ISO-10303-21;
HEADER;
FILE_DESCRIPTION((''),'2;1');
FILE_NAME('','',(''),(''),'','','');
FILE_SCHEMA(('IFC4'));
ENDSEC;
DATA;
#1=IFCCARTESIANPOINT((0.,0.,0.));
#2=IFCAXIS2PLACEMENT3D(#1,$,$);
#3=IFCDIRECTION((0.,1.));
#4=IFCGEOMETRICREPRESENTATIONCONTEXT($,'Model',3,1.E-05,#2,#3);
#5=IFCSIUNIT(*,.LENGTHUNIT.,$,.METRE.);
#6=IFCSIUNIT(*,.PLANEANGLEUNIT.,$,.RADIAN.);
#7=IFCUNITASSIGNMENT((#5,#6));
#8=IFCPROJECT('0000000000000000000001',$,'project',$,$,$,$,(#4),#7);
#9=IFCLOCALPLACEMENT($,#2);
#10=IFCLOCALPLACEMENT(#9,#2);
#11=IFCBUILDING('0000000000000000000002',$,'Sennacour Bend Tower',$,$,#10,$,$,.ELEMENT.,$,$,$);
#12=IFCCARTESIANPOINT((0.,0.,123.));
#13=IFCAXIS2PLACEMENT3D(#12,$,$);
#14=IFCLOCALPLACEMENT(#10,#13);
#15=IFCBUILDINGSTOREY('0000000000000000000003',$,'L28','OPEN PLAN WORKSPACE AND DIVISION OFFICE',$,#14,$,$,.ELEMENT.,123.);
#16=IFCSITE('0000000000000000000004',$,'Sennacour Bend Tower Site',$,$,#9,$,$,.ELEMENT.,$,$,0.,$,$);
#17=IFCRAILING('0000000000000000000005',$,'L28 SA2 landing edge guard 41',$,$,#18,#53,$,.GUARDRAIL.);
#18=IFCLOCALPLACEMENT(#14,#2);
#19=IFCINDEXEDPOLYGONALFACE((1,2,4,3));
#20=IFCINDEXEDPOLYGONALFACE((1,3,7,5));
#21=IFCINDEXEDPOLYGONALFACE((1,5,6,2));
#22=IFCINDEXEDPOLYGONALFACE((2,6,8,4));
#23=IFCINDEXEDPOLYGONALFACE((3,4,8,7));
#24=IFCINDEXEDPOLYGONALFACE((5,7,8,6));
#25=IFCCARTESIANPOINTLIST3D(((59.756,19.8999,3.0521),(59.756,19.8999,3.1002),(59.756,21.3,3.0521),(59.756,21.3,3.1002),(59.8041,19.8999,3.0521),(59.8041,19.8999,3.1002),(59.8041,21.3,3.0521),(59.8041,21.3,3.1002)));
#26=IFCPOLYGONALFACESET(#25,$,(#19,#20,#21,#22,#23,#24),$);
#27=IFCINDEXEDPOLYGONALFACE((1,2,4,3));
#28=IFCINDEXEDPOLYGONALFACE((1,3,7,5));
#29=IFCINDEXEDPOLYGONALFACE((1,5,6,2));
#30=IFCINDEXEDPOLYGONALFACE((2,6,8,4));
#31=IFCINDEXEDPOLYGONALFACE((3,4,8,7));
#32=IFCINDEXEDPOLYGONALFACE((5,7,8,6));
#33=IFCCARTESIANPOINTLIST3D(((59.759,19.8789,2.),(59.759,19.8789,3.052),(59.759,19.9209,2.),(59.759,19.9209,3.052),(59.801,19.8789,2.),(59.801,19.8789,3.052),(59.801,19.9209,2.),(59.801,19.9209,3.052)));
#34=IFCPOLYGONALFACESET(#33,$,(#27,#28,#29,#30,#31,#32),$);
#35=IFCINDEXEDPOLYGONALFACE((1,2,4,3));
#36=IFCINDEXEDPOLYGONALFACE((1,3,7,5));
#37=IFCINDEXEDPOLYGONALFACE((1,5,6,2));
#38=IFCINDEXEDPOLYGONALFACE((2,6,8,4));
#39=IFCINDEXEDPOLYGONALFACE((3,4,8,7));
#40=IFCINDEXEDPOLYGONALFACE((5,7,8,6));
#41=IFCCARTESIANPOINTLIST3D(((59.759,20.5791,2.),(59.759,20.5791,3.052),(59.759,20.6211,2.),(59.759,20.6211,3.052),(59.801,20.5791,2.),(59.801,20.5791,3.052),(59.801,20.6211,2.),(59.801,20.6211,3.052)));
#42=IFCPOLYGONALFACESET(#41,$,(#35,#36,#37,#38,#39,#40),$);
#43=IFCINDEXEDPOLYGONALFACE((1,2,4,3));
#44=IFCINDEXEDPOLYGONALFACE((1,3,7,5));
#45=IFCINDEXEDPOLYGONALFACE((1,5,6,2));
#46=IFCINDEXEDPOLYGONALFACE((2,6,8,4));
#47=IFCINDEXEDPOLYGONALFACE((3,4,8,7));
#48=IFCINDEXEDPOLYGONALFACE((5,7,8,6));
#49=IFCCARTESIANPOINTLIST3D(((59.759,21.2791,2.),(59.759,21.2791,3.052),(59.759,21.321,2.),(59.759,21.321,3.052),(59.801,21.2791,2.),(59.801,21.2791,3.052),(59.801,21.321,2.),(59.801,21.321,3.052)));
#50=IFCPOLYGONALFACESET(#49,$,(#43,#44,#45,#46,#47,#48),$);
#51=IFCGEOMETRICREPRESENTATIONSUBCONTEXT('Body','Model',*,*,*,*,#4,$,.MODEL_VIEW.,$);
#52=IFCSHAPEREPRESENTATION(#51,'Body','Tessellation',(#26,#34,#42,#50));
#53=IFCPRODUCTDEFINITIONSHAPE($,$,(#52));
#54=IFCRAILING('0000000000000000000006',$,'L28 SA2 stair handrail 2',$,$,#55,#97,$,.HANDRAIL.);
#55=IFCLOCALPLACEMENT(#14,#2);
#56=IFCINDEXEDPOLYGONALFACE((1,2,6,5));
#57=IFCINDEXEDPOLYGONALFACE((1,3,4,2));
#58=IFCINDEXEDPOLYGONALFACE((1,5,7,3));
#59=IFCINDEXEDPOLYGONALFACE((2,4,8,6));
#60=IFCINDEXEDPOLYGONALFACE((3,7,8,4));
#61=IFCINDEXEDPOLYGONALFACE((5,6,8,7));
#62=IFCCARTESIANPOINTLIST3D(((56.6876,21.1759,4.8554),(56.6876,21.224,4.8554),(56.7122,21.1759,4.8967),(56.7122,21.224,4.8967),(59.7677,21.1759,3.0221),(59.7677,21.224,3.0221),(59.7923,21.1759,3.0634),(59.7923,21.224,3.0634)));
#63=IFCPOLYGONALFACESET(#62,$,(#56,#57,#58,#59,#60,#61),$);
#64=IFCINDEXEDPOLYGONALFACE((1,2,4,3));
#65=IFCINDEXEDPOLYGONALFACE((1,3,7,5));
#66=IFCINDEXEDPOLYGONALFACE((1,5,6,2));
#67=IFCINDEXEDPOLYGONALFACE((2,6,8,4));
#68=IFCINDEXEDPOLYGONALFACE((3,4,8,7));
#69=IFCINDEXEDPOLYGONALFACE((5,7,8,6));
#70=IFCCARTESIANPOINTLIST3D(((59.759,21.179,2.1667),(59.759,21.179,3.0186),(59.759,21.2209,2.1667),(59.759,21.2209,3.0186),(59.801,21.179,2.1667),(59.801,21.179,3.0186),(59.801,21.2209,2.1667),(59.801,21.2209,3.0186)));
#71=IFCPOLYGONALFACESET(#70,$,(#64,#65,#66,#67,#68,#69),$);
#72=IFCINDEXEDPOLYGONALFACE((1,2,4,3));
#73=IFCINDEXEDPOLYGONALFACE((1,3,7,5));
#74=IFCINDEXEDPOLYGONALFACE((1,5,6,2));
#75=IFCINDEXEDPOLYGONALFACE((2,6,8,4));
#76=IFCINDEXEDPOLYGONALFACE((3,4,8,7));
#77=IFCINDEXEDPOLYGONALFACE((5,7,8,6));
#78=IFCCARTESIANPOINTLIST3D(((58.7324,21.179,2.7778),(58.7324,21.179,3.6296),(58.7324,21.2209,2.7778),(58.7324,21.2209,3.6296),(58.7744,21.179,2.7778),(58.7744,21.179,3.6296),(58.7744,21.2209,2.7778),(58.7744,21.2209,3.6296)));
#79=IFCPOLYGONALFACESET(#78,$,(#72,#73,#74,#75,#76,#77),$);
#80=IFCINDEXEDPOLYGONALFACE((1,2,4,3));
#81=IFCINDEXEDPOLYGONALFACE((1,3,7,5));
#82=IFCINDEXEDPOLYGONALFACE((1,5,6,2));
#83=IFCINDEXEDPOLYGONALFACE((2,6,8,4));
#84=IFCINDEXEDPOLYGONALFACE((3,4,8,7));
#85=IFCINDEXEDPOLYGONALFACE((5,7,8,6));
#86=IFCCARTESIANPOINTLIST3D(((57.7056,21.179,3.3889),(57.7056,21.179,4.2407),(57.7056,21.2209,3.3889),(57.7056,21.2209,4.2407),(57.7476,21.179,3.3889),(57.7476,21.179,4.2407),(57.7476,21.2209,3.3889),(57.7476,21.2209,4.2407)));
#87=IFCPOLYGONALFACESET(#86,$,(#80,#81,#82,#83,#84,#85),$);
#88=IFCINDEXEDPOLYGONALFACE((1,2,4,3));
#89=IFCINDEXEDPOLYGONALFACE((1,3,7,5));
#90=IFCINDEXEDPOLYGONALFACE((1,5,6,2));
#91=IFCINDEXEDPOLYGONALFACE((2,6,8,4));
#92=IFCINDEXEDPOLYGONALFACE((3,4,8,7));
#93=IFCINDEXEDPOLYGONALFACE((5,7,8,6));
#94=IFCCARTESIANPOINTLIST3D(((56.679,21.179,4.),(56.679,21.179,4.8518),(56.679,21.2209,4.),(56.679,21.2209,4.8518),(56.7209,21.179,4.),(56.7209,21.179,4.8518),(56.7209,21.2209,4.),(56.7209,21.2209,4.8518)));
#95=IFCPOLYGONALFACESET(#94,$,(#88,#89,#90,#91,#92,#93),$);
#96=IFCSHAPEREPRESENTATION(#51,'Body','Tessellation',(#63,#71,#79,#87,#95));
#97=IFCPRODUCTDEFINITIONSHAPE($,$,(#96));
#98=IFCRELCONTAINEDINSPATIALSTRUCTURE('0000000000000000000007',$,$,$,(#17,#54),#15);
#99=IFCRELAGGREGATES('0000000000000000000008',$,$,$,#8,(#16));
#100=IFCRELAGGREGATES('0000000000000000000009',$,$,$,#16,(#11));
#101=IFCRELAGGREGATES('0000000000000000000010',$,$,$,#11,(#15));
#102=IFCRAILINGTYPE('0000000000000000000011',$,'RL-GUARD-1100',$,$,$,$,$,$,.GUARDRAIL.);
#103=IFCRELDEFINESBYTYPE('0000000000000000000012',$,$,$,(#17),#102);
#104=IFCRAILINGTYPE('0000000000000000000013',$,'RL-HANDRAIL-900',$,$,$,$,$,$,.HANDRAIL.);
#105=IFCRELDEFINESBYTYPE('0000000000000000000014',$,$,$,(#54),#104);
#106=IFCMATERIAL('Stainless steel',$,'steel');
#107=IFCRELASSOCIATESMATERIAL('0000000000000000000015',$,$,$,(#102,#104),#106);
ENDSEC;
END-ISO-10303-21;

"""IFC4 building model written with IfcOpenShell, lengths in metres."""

from ifc_helpers import new_model, si_unit, direction, frame, origin, origin_2d, place, context, subcontext, project, spatial, rectangle, extrude, material, type_object, element, save


model = new_model("IFC4")

# Units and contexts
model_context = context("Model", 3, precision=1e-05, world=origin(), true_north=direction((0.0, 1.0)))
body_context = subcontext(model_context, "Body", "Model", "MODEL_VIEW")
ifc_project = project(units=[si_unit("LENGTHUNIT", "METRE"), si_unit("PLANEANGLEUNIT", "RADIAN")], contexts=[model_context])

# Site, building, storey
site_placement = place(None, origin())
site = spatial("IfcSite", under=ifc_project, at=site_placement, Name="Sennacour Bend Tower Site", CompositionType="ELEMENT", RefElevation=0.0)
building_placement = place(site_placement, origin())
building = spatial("IfcBuilding", under=site, at=building_placement, Name="Sennacour Bend Tower", CompositionType="ELEMENT")
storey_placement = place(building_placement, frame((0.0, 0.0, 123.0)))
storey = spatial("IfcBuildingStorey", under=building, at=storey_placement, Name="L28", Description="OPEN PLAN WORKSPACE AND DIVISION OFFICE", CompositionType="ELEMENT", Elevation=123.0)

# Shared definitions
ifc_material_1 = material(Name="Stainless steel", Category="steel")

# Railings
railing_type_1 = type_object("IfcRailingType", Name="RL-GUARD-1100", PredefinedType="GUARDRAIL", material=ifc_material_1)
railing_1_placement = place(storey_placement, frame((59.78, 19.8999, 2.0)))
element("IfcRailing", 1, at=railing_1_placement, inside=storey, type_object=railing_type_1, Name="L28 SA2 landing edge guard 41", PredefinedType="GUARDRAIL", context=body_context, shape_type="SweptSolid", body=[
    extrude(rectangle(XDim=0.0481, YDim=0.0481, at=origin_2d()), frame((0.0, 0.0, 1.0762), z_axis=(0.0, 1.0, 0.0), x_axis=(-1.0, 0.0, 0.0)), (0.0, 0.0, 1.0), 1.4001),
    extrude(rectangle(XDim=0.042, YDim=0.042, at=origin_2d()), origin(), (0.0, 0.0, 1.0), 1.052),
    extrude(rectangle(XDim=0.042, YDim=0.042, at=origin_2d()), frame((0.0, 0.7002, 0.0)), (0.0, 0.0, 1.0), 1.052),
    extrude(rectangle(XDim=0.042, YDim=0.042, at=origin_2d()), frame((0.0, 1.4001, 0.0)), (0.0, 0.0, 1.0), 1.052),
])
railing_type_2 = type_object("IfcRailingType", Name="RL-HANDRAIL-900", PredefinedType="HANDRAIL", material=ifc_material_1)
railing_2_placement = place(storey_placement, frame((59.78, 21.2, 2.1667)))
element("IfcRailing", 2, at=railing_2_placement, inside=storey, type_object=railing_type_2, Name="L28 SA2 stair handrail 2", PredefinedType="HANDRAIL", context=body_context, shape_type="SweptSolid", body=[
    extrude(rectangle(XDim=0.0481, YDim=0.0481, at=origin_2d()), frame((0.0, 0.0, 0.876), z_axis=(-0.859309, 0.0, 0.511458), x_axis=(0.0, -1.0, 0.0)), (0.0, 0.0, 1.0), 3.5845),
    extrude(rectangle(XDim=0.042, YDim=0.042, at=origin_2d()), origin(), (0.0, 0.0, 1.0), 0.8518),
    extrude(rectangle(XDim=0.042, YDim=0.042, at=origin_2d()), frame((-1.0266, 0.0, 0.6111)), (0.0, 0.0, 1.0), 0.8518),
    extrude(rectangle(XDim=0.042, YDim=0.042, at=origin_2d()), frame((-2.0535, 0.0, 1.2222)), (0.0, 0.0, 1.0), 0.8518),
    extrude(rectangle(XDim=0.042, YDim=0.042, at=origin_2d()), frame((-3.0801, 0.0, 1.8333)), (0.0, 0.0, 1.0), 0.8518),
])

save(model, "model.ifc")
